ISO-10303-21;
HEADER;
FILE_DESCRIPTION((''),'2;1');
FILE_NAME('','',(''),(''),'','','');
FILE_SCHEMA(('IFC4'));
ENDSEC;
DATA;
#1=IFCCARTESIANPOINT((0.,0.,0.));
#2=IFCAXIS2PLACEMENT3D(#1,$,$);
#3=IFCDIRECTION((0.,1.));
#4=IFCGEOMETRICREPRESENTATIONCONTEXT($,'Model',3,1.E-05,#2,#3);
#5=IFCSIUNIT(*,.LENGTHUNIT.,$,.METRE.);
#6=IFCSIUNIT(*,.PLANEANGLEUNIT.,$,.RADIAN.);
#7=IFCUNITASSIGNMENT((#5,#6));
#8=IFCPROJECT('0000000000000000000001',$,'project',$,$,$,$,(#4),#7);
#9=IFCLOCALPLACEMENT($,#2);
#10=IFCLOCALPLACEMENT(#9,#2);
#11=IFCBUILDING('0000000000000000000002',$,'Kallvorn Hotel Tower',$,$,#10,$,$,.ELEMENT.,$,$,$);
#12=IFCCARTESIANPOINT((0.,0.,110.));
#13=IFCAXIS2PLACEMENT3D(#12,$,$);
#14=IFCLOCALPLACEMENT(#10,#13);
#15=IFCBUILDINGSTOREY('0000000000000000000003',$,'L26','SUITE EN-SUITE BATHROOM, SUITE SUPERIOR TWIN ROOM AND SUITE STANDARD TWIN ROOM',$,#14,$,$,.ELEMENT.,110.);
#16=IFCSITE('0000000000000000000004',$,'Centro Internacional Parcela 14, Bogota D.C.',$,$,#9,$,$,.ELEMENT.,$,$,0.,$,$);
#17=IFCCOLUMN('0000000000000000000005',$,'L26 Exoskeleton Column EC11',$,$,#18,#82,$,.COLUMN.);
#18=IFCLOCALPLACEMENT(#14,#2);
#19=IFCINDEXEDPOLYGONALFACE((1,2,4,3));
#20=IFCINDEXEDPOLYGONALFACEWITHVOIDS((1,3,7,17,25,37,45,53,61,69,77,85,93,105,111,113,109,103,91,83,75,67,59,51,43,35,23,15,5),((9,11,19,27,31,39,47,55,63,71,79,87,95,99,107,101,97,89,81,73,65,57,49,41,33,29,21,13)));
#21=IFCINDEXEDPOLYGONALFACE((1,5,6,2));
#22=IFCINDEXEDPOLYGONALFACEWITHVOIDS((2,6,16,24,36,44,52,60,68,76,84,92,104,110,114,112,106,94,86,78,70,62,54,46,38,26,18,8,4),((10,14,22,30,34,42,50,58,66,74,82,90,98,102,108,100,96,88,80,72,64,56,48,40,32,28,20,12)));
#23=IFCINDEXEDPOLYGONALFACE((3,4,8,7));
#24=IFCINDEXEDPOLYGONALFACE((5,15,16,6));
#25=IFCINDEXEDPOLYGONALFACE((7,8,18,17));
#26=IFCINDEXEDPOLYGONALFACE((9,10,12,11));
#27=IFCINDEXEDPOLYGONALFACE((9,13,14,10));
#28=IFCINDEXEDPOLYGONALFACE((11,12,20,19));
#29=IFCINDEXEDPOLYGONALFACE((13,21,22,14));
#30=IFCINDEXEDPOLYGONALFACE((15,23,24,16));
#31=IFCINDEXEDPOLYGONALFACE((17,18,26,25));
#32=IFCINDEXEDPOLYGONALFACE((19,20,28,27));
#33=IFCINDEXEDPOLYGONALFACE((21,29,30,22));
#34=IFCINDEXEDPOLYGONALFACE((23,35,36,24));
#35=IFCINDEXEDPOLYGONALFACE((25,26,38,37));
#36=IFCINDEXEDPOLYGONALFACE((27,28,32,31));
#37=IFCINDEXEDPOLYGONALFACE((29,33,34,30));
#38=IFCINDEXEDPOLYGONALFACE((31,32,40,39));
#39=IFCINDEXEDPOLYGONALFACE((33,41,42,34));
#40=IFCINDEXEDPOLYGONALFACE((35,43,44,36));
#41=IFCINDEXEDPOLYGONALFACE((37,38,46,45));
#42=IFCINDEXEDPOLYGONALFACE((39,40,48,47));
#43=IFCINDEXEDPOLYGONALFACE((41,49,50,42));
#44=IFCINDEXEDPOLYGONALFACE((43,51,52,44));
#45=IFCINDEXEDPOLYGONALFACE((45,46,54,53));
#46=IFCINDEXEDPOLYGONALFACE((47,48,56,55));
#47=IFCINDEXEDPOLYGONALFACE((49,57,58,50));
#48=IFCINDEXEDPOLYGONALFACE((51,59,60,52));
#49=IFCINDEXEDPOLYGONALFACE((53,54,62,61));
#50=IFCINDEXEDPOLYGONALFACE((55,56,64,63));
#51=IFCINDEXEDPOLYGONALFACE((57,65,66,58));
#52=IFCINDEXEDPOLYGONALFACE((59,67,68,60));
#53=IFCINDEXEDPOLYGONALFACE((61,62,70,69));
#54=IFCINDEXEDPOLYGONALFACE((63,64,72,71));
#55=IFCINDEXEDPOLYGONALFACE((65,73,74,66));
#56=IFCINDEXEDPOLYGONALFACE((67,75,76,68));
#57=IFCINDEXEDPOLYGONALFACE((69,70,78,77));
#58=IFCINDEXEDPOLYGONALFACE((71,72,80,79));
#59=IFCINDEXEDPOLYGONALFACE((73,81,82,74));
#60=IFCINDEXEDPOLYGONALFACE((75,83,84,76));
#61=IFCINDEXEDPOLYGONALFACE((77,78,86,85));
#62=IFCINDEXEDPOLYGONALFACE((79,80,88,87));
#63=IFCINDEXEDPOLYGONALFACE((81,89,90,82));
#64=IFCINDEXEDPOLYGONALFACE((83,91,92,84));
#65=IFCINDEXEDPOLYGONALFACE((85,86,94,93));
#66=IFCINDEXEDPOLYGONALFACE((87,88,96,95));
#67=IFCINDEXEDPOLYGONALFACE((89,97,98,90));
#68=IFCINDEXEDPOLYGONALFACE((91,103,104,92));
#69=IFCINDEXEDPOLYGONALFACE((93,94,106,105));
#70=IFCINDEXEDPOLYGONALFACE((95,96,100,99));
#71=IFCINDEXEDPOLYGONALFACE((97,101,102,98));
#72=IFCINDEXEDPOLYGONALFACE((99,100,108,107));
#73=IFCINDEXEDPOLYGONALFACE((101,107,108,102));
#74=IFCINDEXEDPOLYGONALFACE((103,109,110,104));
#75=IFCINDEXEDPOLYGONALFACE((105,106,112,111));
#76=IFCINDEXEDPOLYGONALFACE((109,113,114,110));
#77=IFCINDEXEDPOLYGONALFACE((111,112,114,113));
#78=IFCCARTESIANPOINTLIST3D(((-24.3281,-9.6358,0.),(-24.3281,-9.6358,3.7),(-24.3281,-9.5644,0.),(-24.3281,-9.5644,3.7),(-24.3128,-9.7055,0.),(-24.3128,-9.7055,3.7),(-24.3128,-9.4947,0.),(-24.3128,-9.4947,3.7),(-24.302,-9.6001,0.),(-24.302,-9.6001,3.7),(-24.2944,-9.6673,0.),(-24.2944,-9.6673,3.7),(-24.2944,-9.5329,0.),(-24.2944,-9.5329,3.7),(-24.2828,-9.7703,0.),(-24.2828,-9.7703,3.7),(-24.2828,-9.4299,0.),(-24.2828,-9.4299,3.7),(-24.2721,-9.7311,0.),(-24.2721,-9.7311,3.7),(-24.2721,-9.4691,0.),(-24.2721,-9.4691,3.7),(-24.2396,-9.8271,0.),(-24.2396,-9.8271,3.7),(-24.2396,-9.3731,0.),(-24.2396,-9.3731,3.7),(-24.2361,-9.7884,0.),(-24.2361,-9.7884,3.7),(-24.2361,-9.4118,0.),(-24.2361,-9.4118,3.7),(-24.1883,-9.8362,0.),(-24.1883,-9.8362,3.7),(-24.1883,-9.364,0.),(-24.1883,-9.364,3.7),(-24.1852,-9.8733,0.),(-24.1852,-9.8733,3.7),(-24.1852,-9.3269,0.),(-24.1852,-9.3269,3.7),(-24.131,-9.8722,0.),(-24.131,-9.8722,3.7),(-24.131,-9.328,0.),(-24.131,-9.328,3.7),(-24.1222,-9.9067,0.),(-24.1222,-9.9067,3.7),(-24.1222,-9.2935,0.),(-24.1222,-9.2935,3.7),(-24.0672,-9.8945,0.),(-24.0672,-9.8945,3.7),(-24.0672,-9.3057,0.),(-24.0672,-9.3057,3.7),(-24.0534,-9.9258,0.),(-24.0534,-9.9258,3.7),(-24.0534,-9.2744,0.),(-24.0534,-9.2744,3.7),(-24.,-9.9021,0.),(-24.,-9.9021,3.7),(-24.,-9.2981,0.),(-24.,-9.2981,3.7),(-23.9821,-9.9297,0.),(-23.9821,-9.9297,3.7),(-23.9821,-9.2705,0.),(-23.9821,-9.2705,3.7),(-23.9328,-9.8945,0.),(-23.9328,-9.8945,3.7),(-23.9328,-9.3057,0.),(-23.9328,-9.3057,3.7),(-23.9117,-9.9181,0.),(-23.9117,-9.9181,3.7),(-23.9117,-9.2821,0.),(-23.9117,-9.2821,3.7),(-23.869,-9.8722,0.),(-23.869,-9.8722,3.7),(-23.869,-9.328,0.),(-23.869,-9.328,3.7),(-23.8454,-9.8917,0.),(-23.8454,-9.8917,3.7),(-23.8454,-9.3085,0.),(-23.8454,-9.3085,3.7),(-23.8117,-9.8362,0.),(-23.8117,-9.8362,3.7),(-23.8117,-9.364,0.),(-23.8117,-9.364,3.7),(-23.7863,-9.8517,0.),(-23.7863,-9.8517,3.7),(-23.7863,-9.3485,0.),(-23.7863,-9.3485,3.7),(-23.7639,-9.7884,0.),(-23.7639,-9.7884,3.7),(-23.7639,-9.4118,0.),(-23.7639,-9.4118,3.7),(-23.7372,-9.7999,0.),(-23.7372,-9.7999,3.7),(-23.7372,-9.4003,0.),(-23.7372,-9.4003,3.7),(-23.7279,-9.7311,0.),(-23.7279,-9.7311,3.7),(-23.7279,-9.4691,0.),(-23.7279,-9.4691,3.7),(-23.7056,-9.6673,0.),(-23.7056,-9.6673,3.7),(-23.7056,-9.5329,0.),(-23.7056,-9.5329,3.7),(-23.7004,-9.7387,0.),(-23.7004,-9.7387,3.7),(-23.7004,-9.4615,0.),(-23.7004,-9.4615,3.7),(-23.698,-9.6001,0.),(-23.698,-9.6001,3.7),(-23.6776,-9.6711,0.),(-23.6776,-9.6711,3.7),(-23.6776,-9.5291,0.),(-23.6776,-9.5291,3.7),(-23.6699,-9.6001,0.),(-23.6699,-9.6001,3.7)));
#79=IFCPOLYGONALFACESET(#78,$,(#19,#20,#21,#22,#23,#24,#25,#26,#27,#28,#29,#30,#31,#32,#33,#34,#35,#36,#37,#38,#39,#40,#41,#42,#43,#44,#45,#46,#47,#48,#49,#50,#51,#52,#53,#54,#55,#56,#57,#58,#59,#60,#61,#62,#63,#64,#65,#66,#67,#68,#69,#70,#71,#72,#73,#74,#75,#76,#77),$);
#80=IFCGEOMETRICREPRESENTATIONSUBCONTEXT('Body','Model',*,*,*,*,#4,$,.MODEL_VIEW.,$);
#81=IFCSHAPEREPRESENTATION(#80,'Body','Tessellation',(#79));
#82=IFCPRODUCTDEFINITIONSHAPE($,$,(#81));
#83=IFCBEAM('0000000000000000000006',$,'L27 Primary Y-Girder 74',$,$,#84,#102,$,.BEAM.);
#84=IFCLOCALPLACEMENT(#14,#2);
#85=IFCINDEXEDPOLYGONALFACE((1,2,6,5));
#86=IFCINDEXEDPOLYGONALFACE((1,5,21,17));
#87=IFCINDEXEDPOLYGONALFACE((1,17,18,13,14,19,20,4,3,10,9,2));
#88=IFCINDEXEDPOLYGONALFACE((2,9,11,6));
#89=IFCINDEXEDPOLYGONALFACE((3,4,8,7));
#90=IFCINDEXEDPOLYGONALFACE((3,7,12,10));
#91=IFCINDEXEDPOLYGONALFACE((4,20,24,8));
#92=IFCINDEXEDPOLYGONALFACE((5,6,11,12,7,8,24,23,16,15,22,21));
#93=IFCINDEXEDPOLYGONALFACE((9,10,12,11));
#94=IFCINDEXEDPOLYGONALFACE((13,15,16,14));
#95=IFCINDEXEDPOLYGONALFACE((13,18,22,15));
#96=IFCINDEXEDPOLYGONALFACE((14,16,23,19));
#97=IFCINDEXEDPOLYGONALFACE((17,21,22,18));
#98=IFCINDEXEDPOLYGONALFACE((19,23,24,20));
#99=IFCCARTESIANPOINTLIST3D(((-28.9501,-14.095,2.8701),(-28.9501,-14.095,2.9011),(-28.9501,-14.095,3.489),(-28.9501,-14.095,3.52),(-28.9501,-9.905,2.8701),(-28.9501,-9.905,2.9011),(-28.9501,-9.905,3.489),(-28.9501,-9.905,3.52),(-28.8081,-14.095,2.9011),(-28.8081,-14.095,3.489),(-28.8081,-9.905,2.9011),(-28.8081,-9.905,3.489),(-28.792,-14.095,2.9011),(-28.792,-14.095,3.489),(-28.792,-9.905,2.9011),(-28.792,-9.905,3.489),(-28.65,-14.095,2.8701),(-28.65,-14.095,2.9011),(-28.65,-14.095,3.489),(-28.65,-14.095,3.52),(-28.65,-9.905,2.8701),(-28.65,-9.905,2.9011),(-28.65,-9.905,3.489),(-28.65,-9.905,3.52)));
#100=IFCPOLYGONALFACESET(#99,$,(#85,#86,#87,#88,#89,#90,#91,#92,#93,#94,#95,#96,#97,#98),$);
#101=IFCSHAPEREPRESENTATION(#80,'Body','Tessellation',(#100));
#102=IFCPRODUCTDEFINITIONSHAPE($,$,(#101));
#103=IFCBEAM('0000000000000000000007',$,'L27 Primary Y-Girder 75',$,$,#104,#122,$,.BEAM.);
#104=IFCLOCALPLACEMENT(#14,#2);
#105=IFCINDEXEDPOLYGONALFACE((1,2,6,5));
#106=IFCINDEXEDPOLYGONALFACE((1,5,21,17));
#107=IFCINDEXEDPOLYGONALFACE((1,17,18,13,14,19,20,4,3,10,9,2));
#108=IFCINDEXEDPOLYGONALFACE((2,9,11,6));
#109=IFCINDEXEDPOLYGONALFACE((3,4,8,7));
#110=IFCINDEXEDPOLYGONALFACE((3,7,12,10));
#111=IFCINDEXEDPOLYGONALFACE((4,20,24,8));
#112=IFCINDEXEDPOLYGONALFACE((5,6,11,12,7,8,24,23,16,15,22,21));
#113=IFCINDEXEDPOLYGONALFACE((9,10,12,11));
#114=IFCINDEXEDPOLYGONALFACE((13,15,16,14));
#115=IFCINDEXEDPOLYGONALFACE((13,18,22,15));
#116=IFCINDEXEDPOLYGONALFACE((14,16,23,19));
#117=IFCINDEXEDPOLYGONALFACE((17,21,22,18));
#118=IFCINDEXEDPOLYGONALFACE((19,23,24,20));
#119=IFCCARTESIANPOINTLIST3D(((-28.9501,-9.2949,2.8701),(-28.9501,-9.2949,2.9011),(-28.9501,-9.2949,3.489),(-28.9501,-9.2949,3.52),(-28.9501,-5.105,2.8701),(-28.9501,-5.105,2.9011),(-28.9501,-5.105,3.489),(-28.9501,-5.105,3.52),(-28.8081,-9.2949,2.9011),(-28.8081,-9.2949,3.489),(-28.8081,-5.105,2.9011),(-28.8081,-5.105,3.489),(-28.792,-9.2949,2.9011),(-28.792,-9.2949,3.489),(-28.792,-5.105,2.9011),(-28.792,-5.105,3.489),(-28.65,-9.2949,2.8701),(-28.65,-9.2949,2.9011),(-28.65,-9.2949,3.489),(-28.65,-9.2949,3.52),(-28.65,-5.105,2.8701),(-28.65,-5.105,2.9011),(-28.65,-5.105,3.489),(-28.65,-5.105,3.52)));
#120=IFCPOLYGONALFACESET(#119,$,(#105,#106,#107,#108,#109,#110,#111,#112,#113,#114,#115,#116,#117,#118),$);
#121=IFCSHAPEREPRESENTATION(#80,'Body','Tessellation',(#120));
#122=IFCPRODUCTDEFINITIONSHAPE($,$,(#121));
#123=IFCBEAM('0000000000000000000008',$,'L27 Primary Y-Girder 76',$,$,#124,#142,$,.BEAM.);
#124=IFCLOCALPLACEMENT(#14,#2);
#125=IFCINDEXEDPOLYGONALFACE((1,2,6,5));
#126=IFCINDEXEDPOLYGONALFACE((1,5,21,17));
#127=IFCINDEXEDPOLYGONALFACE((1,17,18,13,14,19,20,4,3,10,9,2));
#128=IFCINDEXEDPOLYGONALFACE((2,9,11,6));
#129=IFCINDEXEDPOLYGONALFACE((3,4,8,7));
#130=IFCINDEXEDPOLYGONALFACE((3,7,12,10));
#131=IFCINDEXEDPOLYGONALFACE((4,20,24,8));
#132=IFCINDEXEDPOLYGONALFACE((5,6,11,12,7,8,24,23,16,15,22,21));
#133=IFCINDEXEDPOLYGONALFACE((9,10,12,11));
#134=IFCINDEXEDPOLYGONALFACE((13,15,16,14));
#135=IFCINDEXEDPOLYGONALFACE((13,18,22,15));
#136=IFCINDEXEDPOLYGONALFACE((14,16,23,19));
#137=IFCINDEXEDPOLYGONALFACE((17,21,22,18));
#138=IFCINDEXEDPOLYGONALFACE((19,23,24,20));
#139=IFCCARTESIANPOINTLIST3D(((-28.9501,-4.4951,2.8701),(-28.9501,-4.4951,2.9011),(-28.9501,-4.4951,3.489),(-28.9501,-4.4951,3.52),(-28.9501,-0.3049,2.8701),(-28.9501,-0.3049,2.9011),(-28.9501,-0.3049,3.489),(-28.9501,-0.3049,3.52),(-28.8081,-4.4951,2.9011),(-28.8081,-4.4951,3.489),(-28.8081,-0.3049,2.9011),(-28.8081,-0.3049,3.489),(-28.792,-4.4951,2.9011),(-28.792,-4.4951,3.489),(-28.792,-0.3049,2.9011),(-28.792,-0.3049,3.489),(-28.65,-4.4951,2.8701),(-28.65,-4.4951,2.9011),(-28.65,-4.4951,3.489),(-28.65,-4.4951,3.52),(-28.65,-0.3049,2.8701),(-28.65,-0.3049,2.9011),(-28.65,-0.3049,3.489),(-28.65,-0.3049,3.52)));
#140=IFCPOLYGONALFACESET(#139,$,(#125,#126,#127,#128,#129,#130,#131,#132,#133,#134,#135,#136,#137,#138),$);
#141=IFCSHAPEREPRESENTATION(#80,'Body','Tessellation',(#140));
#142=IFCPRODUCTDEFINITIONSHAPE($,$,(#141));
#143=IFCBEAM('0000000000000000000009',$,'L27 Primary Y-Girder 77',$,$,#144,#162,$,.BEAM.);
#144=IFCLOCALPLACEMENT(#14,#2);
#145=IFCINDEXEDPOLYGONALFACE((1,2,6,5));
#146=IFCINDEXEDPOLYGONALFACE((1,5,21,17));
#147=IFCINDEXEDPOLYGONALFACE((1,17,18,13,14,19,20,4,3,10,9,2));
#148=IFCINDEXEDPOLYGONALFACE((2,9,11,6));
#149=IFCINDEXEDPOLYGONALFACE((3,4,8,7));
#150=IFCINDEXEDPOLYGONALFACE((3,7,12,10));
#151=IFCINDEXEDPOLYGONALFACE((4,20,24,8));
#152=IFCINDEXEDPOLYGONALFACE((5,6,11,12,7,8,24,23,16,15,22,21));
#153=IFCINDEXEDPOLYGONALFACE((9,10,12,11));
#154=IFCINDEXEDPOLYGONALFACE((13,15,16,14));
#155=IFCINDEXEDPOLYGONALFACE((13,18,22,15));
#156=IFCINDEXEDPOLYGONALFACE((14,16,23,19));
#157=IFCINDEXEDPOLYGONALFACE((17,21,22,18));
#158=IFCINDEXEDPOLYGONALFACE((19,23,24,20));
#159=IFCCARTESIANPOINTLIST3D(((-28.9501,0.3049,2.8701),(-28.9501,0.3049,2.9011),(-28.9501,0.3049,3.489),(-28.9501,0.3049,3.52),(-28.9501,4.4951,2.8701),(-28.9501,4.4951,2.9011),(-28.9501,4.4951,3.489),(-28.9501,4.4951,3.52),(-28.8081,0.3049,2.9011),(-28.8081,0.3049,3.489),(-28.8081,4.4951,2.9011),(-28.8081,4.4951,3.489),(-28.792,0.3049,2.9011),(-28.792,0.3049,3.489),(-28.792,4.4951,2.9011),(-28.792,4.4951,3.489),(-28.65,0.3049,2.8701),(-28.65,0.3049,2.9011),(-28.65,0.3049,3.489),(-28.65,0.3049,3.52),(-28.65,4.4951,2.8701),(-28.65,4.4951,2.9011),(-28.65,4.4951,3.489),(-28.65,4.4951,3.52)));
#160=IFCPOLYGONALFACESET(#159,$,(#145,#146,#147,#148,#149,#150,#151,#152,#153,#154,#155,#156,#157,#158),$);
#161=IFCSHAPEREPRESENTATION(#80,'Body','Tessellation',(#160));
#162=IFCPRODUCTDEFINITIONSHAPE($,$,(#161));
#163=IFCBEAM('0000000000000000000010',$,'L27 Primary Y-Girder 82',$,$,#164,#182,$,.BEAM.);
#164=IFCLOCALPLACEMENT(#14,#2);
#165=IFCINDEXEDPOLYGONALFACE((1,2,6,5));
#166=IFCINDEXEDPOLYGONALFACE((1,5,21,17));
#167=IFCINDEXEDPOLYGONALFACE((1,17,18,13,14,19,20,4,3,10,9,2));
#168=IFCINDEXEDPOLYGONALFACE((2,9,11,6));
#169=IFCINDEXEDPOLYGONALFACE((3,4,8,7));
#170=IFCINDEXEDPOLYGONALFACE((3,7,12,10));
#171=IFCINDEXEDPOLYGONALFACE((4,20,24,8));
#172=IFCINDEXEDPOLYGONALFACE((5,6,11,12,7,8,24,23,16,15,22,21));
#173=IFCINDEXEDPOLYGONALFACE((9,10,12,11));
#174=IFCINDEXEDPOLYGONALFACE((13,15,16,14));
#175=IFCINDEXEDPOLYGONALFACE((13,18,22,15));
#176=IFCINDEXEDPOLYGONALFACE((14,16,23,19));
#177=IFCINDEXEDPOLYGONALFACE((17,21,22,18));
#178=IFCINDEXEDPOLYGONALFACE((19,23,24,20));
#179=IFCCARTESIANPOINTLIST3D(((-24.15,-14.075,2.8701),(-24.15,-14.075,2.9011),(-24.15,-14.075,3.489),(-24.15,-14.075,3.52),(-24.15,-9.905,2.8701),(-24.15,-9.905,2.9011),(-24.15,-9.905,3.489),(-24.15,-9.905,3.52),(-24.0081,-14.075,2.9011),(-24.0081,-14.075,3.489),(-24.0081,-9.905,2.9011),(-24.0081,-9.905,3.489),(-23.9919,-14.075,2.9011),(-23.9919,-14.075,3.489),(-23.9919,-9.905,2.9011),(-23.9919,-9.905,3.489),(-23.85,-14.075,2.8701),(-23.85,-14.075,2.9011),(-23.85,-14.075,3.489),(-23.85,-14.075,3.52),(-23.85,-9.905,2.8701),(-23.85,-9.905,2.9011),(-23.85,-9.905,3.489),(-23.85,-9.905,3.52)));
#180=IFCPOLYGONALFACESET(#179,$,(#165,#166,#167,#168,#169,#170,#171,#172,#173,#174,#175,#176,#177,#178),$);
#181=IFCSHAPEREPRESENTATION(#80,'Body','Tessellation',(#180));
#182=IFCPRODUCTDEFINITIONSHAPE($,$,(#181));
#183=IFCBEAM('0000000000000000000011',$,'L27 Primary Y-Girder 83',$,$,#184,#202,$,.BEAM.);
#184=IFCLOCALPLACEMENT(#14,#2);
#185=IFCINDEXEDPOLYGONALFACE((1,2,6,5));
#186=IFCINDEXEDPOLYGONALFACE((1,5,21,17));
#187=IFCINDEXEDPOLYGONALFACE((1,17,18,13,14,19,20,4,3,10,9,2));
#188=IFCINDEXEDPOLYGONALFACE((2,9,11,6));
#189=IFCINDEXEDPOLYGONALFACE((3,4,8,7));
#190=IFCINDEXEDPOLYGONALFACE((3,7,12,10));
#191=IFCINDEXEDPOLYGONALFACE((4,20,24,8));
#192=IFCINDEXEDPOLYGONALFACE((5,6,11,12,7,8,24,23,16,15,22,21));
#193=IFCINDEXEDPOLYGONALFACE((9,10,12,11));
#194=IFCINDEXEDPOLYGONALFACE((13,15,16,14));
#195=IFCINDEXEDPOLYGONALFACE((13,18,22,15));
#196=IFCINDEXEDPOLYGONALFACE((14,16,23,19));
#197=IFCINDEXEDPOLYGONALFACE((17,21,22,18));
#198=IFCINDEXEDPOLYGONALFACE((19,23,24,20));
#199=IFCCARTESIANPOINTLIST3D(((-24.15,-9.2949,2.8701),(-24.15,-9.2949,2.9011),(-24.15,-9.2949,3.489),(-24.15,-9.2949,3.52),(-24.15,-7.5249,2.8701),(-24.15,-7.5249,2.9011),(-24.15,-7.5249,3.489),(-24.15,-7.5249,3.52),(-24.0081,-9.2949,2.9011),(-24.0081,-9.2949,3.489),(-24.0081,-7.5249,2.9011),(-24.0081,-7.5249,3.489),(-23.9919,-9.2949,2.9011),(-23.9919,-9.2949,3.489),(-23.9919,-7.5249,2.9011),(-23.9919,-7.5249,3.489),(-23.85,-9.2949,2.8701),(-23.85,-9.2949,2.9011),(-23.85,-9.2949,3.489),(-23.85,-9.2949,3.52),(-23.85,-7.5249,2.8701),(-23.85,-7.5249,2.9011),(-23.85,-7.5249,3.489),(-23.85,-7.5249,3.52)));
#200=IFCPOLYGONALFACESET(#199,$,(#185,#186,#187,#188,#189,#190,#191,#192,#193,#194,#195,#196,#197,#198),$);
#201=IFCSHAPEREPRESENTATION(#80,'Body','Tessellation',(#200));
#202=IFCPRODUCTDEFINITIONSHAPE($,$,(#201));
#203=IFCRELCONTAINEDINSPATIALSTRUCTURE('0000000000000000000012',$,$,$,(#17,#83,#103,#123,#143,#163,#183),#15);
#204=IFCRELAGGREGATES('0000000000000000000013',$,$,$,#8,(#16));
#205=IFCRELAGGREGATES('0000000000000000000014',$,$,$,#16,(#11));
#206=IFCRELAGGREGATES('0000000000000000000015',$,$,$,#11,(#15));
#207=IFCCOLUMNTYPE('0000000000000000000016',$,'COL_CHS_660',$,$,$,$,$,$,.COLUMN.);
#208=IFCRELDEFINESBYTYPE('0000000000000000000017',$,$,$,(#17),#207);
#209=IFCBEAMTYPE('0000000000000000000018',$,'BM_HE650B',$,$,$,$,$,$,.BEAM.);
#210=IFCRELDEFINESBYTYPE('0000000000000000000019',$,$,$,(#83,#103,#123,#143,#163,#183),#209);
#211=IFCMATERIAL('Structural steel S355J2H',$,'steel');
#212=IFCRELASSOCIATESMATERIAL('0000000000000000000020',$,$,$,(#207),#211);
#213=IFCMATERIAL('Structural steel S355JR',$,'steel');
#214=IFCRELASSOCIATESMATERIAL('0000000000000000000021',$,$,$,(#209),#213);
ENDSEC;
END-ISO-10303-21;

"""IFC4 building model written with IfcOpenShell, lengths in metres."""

from ifc_helpers import new_model, si_unit, direction, frame, origin, origin_2d, place, context, subcontext, project, spatial, hollow_circle, i_section, extrude, material, material_profile, profile_set, type_object, element, save


model = new_model("IFC4")

# Units and contexts
model_context = context("Model", 3, precision=1e-05, world=origin(), true_north=direction((0.0, 1.0)))
body_context = subcontext(model_context, "Body", "Model", "MODEL_VIEW")
ifc_project = project(units=[si_unit("LENGTHUNIT", "METRE"), si_unit("PLANEANGLEUNIT", "RADIAN")], contexts=[model_context])

# Site, building, storey
site_placement = place(None, origin())
site = spatial("IfcSite", under=ifc_project, at=site_placement, Name="Centro Internacional Parcela 14, Bogota D.C.", CompositionType="ELEMENT", RefElevation=0.0)
building_placement = place(site_placement, origin())
building = spatial("IfcBuilding", under=site, at=building_placement, Name="Kallvorn Hotel Tower", CompositionType="ELEMENT")
storey_placement = place(building_placement, frame((0.0, 0.0, 110.0)))
storey = spatial("IfcBuildingStorey", under=building, at=storey_placement, Name="L26", Description="SUITE EN-SUITE BATHROOM, SUITE SUPERIOR TWIN ROOM AND SUITE STANDARD TWIN ROOM", CompositionType="ELEMENT", Elevation=110.0)

# Column
ifc_material_1 = material(Name="Structural steel S355J2H", Category="steel")
ifc_material_profile_1 = material_profile(ifc_material_1, hollow_circle(Radius=0.3301, WallThickness=0.0281, at=origin_2d()), Name="CHS 660x28")
ifc_profile_set_1 = profile_set([ifc_material_profile_1], Name="Structural steel S355J2H")
column_type = type_object("IfcColumnType", Name="COL_CHS_660", PredefinedType="COLUMN", material=ifc_profile_set_1)
for number, where, z_axis, x_axis, name in (
    (1, (-24.0, -9.6001, 0.0), (0.0, 0.0, 1.0), (1.0, 0.0, 0.0), "L26 Exoskeleton Column EC11"),
):
    element("IfcColumn", number, at=place(storey_placement, frame(where, z_axis=z_axis, x_axis=x_axis)), inside=storey, type_object=column_type, Name=name, PredefinedType="COLUMN", context=body_context, shape_type="SweptSolid", body=[
        extrude(hollow_circle(Radius=0.3301, WallThickness=0.0281, at=origin_2d()), origin(), (0.0, 0.0, 1.0), 3.7),
    ])

# Beams
ifc_material_2 = material(Name="Structural steel S355JR", Category="steel")
ifc_material_profile_2 = material_profile(ifc_material_2, i_section(OverallWidth=0.3, OverallDepth=0.6499, WebThickness=0.0161, FlangeThickness=0.031, at=origin_2d()), Name="HE 650 B")
ifc_profile_set_2 = profile_set([ifc_material_profile_2], Name="Structural steel S355JR")
beam_type_1 = type_object("IfcBeamType", Name="BM_HE650B", PredefinedType="BEAM", material=ifc_profile_set_2)
for number, where, z_axis, x_axis, name in (
    (2, (-28.8, -14.095, 3.1951), (0.0, 1.0, 0.0), (-1.0, 0.0, 0.0), "L27 Primary Y-Girder 74"),
    (3, (-28.8, -9.2949, 3.1951), (0.0, 1.0, 0.0), (-1.0, 0.0, 0.0), "L27 Primary Y-Girder 75"),
):
    element("IfcBeam", number, at=place(storey_placement, frame(where, z_axis=z_axis, x_axis=x_axis)), inside=storey, type_object=beam_type_1, Name=name, PredefinedType="BEAM", context=body_context, shape_type="SweptSolid", body=[
        extrude(i_section(OverallWidth=0.3, OverallDepth=0.6499, WebThickness=0.0161, FlangeThickness=0.031, at=origin_2d()), origin(), (0.0, 0.0, 1.0), 4.1899),
    ])
for number, where, z_axis, x_axis, name in (
    (4, (-28.8, -4.4951, 3.1951), (0.0, 1.0, 0.0), (-1.0, 0.0, 0.0), "L27 Primary Y-Girder 76"),
    (5, (-28.8, 0.3049, 3.1951), (0.0, 1.0, 0.0), (-1.0, 0.0, 0.0), "L27 Primary Y-Girder 77"),
):
    element("IfcBeam", number, at=place(storey_placement, frame(where, z_axis=z_axis, x_axis=x_axis)), inside=storey, type_object=beam_type_1, Name=name, PredefinedType="BEAM", context=body_context, shape_type="SweptSolid", body=[
        extrude(i_section(OverallWidth=0.3, OverallDepth=0.6499, WebThickness=0.0161, FlangeThickness=0.031, at=origin_2d()), origin(), (0.0, 0.0, 1.0), 4.1902),
    ])
beam_1_placement = place(storey_placement, frame((-24.0, -14.075, 3.1951), z_axis=(0.0, 1.0, 0.0), x_axis=(-1.0, 0.0, 0.0)))
element("IfcBeam", 6, at=beam_1_placement, inside=storey, type_object=beam_type_1, Name="L27 Primary Y-Girder 82", PredefinedType="BEAM", context=body_context, shape_type="SweptSolid", body=[
    extrude(i_section(OverallWidth=0.3, OverallDepth=0.6499, WebThickness=0.0161, FlangeThickness=0.031, at=origin_2d()), origin(), (0.0, 0.0, 1.0), 4.1699),
])
beam_2_placement = place(storey_placement, frame((-24.0, -9.2949, 3.1951), z_axis=(0.0, 1.0, 0.0), x_axis=(-1.0, 0.0, 0.0)))
element("IfcBeam", 7, at=beam_2_placement, inside=storey, type_object=beam_type_1, Name="L27 Primary Y-Girder 83", PredefinedType="BEAM", context=body_context, shape_type="SweptSolid", body=[
    extrude(i_section(OverallWidth=0.3, OverallDepth=0.6499, WebThickness=0.0161, FlangeThickness=0.031, at=origin_2d()), origin(), (0.0, 0.0, 1.0), 1.77),
])

save(model, "model.ifc")
